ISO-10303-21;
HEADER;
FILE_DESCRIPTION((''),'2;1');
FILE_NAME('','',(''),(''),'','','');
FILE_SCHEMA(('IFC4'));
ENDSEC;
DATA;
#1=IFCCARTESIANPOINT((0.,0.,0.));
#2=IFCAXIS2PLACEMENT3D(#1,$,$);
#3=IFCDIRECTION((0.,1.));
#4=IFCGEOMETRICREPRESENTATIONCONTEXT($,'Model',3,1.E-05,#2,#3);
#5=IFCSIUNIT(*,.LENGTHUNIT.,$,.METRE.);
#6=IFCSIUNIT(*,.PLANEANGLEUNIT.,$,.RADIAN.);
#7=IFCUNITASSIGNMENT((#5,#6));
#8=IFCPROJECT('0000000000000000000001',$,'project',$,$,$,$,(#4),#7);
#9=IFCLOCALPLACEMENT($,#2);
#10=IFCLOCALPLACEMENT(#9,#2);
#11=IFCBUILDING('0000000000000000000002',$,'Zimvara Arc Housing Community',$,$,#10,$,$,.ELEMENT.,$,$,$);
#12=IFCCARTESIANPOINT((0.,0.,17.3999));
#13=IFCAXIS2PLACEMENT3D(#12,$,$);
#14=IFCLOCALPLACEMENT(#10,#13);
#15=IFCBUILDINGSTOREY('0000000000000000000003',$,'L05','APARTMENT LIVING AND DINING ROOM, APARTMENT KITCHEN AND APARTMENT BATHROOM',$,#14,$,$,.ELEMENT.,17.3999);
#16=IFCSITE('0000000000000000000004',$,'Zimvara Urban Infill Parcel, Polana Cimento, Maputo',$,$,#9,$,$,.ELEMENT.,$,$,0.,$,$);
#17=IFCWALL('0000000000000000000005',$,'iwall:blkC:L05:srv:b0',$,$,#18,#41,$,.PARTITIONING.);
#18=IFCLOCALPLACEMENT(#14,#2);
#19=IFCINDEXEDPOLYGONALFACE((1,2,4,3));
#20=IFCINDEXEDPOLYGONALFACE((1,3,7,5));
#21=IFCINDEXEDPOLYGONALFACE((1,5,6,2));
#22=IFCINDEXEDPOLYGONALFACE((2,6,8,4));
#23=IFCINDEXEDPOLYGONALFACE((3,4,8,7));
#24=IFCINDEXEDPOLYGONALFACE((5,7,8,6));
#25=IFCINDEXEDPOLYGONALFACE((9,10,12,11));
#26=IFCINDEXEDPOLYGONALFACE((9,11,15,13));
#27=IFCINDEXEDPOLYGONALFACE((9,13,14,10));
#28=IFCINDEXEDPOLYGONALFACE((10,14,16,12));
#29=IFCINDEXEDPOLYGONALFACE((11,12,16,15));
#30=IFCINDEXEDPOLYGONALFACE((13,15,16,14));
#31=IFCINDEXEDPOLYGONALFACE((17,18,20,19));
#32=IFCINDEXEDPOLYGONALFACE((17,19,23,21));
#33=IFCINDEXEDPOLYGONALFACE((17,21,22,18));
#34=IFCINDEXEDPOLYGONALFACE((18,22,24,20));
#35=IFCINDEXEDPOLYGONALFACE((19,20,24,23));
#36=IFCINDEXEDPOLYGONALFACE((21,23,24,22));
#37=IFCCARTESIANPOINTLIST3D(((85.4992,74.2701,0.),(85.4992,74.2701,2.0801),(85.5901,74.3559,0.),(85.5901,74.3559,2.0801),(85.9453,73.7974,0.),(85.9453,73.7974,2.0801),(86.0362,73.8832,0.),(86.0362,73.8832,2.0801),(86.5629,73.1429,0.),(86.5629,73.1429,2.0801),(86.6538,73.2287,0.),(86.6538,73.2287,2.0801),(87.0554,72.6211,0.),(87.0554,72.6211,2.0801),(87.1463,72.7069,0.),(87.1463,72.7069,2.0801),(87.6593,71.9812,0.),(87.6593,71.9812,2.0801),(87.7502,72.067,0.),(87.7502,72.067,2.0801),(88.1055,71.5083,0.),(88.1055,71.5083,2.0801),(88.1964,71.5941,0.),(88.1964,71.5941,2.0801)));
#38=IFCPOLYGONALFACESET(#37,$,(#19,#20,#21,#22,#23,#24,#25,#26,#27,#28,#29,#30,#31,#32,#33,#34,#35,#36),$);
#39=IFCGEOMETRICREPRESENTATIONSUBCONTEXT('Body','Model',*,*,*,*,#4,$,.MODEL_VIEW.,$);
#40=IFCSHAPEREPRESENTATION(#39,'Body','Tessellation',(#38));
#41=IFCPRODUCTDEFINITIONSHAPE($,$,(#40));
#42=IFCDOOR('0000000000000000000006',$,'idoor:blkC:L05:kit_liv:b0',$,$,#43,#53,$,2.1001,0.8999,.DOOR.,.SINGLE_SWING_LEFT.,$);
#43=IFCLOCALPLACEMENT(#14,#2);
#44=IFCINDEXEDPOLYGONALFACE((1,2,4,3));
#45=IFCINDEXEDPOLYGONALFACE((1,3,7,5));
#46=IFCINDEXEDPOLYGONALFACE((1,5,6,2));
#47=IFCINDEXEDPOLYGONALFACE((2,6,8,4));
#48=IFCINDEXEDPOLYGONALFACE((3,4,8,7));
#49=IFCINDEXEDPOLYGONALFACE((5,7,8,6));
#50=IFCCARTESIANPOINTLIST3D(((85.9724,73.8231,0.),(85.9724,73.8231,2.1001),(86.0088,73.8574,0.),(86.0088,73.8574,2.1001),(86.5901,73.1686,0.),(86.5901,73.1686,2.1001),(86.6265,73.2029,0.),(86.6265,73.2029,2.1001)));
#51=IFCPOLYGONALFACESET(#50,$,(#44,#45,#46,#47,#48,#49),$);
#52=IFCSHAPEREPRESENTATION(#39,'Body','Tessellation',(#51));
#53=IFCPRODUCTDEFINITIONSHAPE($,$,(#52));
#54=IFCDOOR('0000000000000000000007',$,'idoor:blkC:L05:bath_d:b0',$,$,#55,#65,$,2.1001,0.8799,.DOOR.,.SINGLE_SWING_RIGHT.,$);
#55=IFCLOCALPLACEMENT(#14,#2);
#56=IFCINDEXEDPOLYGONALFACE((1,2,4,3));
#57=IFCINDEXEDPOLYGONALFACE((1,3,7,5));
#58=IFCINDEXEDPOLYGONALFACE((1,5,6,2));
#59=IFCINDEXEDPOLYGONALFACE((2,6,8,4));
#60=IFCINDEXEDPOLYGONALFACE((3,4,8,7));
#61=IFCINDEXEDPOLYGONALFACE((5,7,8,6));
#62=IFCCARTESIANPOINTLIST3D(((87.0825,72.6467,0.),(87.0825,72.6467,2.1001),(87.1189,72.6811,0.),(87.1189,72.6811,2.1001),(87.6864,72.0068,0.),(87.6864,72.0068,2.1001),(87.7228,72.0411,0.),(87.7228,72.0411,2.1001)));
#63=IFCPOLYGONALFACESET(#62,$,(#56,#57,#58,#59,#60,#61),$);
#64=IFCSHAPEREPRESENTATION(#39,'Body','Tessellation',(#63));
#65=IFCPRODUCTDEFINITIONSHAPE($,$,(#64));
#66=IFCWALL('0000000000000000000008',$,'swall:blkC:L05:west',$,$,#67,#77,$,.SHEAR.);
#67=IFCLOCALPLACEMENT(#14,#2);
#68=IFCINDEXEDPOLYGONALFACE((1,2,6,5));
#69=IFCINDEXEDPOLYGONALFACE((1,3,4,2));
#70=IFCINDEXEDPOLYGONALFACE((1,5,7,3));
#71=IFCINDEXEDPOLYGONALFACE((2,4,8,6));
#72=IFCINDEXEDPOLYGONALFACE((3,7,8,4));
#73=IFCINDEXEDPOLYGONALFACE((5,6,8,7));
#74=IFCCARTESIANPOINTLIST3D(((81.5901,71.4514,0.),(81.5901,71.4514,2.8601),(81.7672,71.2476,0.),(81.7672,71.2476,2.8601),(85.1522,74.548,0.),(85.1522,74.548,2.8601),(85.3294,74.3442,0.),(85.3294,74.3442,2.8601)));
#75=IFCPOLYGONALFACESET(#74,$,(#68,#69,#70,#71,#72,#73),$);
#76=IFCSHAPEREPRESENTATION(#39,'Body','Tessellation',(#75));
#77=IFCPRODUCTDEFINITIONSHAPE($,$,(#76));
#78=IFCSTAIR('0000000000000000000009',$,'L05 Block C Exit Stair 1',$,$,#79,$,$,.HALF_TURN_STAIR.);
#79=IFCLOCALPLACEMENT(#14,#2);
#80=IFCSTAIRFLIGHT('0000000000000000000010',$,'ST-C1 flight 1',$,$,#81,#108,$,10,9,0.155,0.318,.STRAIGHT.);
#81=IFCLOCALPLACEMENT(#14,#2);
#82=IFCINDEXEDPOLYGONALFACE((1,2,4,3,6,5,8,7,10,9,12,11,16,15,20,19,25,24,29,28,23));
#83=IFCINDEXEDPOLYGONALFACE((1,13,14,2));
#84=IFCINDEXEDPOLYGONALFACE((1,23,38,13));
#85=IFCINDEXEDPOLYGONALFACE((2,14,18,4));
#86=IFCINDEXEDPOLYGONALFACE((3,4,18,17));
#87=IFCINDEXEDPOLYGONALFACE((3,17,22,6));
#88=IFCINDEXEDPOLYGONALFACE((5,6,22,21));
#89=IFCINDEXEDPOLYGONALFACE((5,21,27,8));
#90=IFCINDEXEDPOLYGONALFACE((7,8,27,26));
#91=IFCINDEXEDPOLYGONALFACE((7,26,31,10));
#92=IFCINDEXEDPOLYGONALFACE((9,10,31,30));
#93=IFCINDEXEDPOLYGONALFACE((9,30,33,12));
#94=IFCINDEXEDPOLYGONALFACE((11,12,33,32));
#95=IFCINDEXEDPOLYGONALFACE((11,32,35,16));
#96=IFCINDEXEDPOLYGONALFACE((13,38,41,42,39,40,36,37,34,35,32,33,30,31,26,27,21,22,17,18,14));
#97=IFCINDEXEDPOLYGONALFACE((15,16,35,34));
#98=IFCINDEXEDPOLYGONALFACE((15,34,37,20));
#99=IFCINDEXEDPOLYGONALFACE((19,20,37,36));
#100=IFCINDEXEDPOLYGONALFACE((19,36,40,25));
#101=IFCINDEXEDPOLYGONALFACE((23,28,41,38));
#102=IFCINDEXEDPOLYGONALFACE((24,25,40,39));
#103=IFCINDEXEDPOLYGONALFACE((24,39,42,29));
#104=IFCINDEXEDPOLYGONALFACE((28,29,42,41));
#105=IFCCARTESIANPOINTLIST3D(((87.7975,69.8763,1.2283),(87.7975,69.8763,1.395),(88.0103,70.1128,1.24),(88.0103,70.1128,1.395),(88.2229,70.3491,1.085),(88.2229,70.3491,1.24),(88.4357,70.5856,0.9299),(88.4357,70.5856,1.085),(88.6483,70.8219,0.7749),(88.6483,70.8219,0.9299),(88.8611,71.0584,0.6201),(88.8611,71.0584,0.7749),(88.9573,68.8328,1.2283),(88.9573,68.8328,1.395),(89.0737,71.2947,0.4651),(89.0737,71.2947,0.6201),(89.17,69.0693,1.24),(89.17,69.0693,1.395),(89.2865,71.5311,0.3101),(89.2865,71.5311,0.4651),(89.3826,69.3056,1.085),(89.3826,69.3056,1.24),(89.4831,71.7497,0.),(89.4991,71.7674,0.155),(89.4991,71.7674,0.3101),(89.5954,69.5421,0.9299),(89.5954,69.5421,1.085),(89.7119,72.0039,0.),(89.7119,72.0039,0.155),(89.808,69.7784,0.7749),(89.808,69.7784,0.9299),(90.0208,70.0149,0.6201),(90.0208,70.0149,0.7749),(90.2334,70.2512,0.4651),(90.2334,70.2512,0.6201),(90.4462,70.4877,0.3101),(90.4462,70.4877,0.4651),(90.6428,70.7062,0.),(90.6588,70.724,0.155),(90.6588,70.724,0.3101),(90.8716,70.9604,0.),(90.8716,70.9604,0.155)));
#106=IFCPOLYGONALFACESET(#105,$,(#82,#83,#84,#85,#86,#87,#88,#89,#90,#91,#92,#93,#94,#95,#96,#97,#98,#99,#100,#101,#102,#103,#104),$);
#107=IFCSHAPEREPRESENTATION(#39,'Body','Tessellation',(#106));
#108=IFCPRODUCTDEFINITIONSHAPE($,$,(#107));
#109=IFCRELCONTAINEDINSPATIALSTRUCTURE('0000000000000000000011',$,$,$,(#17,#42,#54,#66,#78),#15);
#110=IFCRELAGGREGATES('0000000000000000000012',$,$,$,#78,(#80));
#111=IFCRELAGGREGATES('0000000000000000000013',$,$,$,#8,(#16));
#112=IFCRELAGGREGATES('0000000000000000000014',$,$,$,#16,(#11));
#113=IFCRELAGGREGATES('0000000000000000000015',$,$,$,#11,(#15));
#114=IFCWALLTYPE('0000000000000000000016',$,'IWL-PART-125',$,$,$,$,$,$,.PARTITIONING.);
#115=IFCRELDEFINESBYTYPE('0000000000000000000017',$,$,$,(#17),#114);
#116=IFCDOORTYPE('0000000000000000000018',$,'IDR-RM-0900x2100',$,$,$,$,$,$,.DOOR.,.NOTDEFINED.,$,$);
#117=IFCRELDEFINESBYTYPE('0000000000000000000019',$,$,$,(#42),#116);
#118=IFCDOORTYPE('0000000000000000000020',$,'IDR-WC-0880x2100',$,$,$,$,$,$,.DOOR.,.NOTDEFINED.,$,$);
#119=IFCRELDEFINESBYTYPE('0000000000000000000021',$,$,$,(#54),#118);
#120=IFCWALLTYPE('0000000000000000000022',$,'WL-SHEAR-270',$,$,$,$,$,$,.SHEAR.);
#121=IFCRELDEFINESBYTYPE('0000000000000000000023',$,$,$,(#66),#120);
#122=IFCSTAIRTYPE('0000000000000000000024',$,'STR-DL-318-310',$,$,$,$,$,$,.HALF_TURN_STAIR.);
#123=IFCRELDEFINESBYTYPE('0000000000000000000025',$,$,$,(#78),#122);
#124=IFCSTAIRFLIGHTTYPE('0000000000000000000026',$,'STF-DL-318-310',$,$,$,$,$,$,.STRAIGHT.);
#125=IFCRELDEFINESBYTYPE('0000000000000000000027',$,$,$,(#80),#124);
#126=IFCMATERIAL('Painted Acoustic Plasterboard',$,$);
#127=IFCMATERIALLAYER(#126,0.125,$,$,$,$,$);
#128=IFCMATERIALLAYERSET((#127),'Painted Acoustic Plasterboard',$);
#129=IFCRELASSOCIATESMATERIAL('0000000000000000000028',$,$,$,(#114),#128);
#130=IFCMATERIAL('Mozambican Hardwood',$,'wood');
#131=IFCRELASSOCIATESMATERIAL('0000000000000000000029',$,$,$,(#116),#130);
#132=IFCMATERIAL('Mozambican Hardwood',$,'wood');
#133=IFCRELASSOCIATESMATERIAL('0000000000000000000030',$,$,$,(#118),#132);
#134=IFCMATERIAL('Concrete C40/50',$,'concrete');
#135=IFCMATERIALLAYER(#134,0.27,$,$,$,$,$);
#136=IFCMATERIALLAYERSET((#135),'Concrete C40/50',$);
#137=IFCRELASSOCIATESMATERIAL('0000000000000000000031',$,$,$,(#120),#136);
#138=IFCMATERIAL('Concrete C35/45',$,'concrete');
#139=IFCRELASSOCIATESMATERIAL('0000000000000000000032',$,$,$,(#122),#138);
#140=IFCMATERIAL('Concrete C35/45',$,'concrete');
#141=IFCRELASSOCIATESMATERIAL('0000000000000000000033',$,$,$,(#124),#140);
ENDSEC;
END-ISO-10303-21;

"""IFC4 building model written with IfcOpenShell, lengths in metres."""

from ifc_helpers import new_model, si_unit, direction, frame, frame_2d, origin, place, context, subcontext, project, spatial, polyline, rectangle, outline, extrude, material, layer, layer_set, type_object, element, fill, aggregate, save


model = new_model("IFC4")

# Units and contexts
model_context = context("Model", 3, precision=1e-05, world=origin(), true_north=direction((0.0, 1.0)))
body_context = subcontext(model_context, "Body", "Model", "MODEL_VIEW")
ifc_project = project(units=[si_unit("LENGTHUNIT", "METRE"), si_unit("PLANEANGLEUNIT", "RADIAN")], contexts=[model_context])

# Site, building, storey
site_placement = place(None, origin())
site = spatial("IfcSite", under=ifc_project, at=site_placement, Name="Zimvara Urban Infill Parcel, Polana Cimento, Maputo", CompositionType="ELEMENT", RefElevation=0.0)
building_placement = place(site_placement, origin())
building = spatial("IfcBuilding", under=site, at=building_placement, Name="Zimvara Arc Housing Community", CompositionType="ELEMENT")
storey_placement = place(building_placement, frame((0.0, 0.0, 17.3999)))
storey = spatial("IfcBuildingStorey", under=building, at=storey_placement, Name="L05", Description="APARTMENT LIVING AND DINING ROOM, APARTMENT KITCHEN AND APARTMENT BATHROOM", CompositionType="ELEMENT", Elevation=17.3999)

# Wall, openings, doors
ifc_material_1 = material(Name="Painted Acoustic Plasterboard")
ifc_layer_1 = layer(ifc_material_1, 0.125)
ifc_layer_set_1 = layer_set([ifc_layer_1], Name="Painted Acoustic Plasterboard")
wall_type_1 = type_object("IfcWallType", Name="IWL-PART-125", PredefinedType="PARTITIONING", material=ifc_layer_set_1)
wall_1_placement = place(storey_placement, frame((85.5447, 74.313, 0.0), z_axis=(0.0, 0.0, 1.0), x_axis=(0.686333, -0.727288, 0.0)))
wall_1 = element("IfcWall", 1, at=wall_1_placement, inside=storey, type_object=wall_type_1, Name="iwall:blkC:L05:srv:b0", PredefinedType="PARTITIONING", context=body_context, shape_type="SweptSolid", body=[
    extrude(rectangle(XDim=3.7974, YDim=0.125, at=frame_2d((1.8987, 0.0))), origin(), (0.0, 0.0, 1.0), 2.0801),
])
opening_1_placement = place(wall_1_placement, frame((0.6499, 0.0, 0.0)))
opening_1 = element("IfcOpeningElement", 2, at=opening_1_placement, cuts=wall_1, PredefinedType="OPENING", context=body_context, shape_type="SweptSolid", body=[
    extrude(rectangle(XDim=0.8999, YDim=2.1001, at=frame_2d((0.45, 1.05))), frame((0.0, 0.0725, 0.0), z_axis=(0.0, -1.0, 0.0), x_axis=(1.0, 0.0, 0.0)), (0.0, 0.0, 1.0), 0.145),
])
opening_2_placement = place(wall_1_placement, frame((2.2673, 0.0, 0.0)))
opening_2 = element("IfcOpeningElement", 3, at=opening_2_placement, cuts=wall_1, PredefinedType="OPENING", context=body_context, shape_type="SweptSolid", body=[
    extrude(rectangle(XDim=0.8799, YDim=2.1001, at=frame_2d((0.4399, 1.05))), frame((0.0, 0.0725, 0.0), z_axis=(0.0, -1.0, 0.0), x_axis=(1.0, 0.0, 0.0)), (0.0, 0.0, 1.0), 0.145),
])
ifc_material_2 = material(Name="Mozambican Hardwood", Category="wood")
door_type_1 = type_object("IfcDoorType", Name="IDR-RM-0900x2100", OperationType="NOTDEFINED", PredefinedType="DOOR", material=ifc_material_2)
door_1_placement = place(opening_1_placement, origin())
door_1 = element("IfcDoor", 4, at=door_1_placement, inside=storey, type_object=door_type_1, Name="idoor:blkC:L05:kit_liv:b0", OperationType="SINGLE_SWING_LEFT", OverallHeight=2.1001, OverallWidth=0.8999, PredefinedType="DOOR", context=body_context, shape_type="SweptSolid", body=[
    extrude(rectangle(XDim=0.8999, YDim=2.1001, at=frame_2d((0.45, 1.05))), frame((0.0, 0.0249, 0.0), z_axis=(0.0, -1.0, 0.0), x_axis=(1.0, 0.0, 0.0)), (0.0, 0.0, 1.0), 0.05),
])
fill(opening_1, door_1)
ifc_material_3 = material(Name="Mozambican Hardwood", Category="wood")
door_type_2 = type_object("IfcDoorType", Name="IDR-WC-0880x2100", OperationType="NOTDEFINED", PredefinedType="DOOR", material=ifc_material_3)
door_2_placement = place(opening_2_placement, origin())
door_2 = element("IfcDoor", 5, at=door_2_placement, inside=storey, type_object=door_type_2, Name="idoor:blkC:L05:bath_d:b0", OperationType="SINGLE_SWING_RIGHT", OverallHeight=2.1001, OverallWidth=0.8799, PredefinedType="DOOR", context=body_context, shape_type="SweptSolid", body=[
    extrude(rectangle(XDim=0.8799, YDim=2.1001, at=frame_2d((0.4399, 1.05))), frame((0.0, 0.0249, 0.0), z_axis=(0.0, -1.0, 0.0), x_axis=(1.0, 0.0, 0.0)), (0.0, 0.0, 1.0), 0.05),
])
fill(opening_2, door_2)

# Wall
ifc_material_4 = material(Name="Concrete C40/50", Category="concrete")
ifc_layer_2 = layer(ifc_material_4, 0.27)
ifc_layer_set_2 = layer_set([ifc_layer_2], Name="Concrete C40/50")
wall_type_2 = type_object("IfcWallType", Name="WL-SHEAR-270", PredefinedType="SHEAR", material=ifc_layer_set_2)
wall_2_placement = place(storey_placement, frame((85.2407, 74.446, 0.0), z_axis=(0.0, 0.0, 1.0), x_axis=(-0.754704, -0.656066, 0.0)))
element("IfcWall", 6, at=wall_2_placement, inside=storey, type_object=wall_type_2, Name="swall:blkC:L05:west", PredefinedType="SHEAR", context=body_context, shape_type="SweptSolid", body=[
    extrude(rectangle(XDim=4.72, YDim=0.27, at=frame_2d((2.3599, 0.0))), origin(), (0.0, 0.0, 1.0), 2.8601),
])

# Stair, stair flight
ifc_material_5 = material(Name="Concrete C35/45", Category="concrete")
stair_type = type_object("IfcStairType", Name="STR-DL-318-310", PredefinedType="HALF_TURN_STAIR", material=ifc_material_5)
stair_placement = place(storey_placement, origin())
stair = element("IfcStair", 7, at=stair_placement, inside=storey, type_object=stair_type, Name="L05 Block C Exit Stair 1", PredefinedType="HALF_TURN_STAIR")
ifc_material_6 = material(Name="Concrete C35/45", Category="concrete")
stair_flight_type = type_object("IfcStairFlightType", Name="STF-DL-318-310", PredefinedType="STRAIGHT", material=ifc_material_6)
stair_flight_placement = place(storey_placement, frame((90.2917, 71.4822, 0.0), z_axis=(0.0, 0.0, 1.0), x_axis=(-0.668871, -0.743378, 0.0)))
stair_flight = element("IfcStairFlight", 8, at=stair_flight_placement, type_object=stair_flight_type, Name="ST-C1 flight 1", NumberOfRisers=10, NumberOfTreads=9, PredefinedType="STRAIGHT", RiserHeight=0.155, TreadLength=0.318, context=body_context, shape_type="SweptSolid", body=[
    extrude(outline(polyline([(0.0, 0.0), (0.0, 0.155), (0.3181, 0.155), (0.3181, 0.3101), (0.636, 0.3101), (0.636, 0.4651), (0.9541, 0.4651), (0.9541, 0.6201), (1.272, 0.6201), (1.272, 0.7749), (1.5901, 0.7749), (1.5901, 0.9299), (1.908, 0.9299), (1.908, 1.085), (2.2261, 1.085), (2.2261, 1.24), (2.5439, 1.24), (2.5439, 1.395), (2.8621, 1.395), (2.8621, 1.55), (2.8621, 1.2283), (0.342, 0.0), (0.0, 0.0)])), frame((0.0, 0.78, 0.0), z_axis=(0.0, -1.0, 0.0), x_axis=(1.0, 0.0, 0.0)), (0.0, 0.0, 1.0), 1.5601),
])
aggregate(stair, [stair_flight])

save(model, "model.ifc")
